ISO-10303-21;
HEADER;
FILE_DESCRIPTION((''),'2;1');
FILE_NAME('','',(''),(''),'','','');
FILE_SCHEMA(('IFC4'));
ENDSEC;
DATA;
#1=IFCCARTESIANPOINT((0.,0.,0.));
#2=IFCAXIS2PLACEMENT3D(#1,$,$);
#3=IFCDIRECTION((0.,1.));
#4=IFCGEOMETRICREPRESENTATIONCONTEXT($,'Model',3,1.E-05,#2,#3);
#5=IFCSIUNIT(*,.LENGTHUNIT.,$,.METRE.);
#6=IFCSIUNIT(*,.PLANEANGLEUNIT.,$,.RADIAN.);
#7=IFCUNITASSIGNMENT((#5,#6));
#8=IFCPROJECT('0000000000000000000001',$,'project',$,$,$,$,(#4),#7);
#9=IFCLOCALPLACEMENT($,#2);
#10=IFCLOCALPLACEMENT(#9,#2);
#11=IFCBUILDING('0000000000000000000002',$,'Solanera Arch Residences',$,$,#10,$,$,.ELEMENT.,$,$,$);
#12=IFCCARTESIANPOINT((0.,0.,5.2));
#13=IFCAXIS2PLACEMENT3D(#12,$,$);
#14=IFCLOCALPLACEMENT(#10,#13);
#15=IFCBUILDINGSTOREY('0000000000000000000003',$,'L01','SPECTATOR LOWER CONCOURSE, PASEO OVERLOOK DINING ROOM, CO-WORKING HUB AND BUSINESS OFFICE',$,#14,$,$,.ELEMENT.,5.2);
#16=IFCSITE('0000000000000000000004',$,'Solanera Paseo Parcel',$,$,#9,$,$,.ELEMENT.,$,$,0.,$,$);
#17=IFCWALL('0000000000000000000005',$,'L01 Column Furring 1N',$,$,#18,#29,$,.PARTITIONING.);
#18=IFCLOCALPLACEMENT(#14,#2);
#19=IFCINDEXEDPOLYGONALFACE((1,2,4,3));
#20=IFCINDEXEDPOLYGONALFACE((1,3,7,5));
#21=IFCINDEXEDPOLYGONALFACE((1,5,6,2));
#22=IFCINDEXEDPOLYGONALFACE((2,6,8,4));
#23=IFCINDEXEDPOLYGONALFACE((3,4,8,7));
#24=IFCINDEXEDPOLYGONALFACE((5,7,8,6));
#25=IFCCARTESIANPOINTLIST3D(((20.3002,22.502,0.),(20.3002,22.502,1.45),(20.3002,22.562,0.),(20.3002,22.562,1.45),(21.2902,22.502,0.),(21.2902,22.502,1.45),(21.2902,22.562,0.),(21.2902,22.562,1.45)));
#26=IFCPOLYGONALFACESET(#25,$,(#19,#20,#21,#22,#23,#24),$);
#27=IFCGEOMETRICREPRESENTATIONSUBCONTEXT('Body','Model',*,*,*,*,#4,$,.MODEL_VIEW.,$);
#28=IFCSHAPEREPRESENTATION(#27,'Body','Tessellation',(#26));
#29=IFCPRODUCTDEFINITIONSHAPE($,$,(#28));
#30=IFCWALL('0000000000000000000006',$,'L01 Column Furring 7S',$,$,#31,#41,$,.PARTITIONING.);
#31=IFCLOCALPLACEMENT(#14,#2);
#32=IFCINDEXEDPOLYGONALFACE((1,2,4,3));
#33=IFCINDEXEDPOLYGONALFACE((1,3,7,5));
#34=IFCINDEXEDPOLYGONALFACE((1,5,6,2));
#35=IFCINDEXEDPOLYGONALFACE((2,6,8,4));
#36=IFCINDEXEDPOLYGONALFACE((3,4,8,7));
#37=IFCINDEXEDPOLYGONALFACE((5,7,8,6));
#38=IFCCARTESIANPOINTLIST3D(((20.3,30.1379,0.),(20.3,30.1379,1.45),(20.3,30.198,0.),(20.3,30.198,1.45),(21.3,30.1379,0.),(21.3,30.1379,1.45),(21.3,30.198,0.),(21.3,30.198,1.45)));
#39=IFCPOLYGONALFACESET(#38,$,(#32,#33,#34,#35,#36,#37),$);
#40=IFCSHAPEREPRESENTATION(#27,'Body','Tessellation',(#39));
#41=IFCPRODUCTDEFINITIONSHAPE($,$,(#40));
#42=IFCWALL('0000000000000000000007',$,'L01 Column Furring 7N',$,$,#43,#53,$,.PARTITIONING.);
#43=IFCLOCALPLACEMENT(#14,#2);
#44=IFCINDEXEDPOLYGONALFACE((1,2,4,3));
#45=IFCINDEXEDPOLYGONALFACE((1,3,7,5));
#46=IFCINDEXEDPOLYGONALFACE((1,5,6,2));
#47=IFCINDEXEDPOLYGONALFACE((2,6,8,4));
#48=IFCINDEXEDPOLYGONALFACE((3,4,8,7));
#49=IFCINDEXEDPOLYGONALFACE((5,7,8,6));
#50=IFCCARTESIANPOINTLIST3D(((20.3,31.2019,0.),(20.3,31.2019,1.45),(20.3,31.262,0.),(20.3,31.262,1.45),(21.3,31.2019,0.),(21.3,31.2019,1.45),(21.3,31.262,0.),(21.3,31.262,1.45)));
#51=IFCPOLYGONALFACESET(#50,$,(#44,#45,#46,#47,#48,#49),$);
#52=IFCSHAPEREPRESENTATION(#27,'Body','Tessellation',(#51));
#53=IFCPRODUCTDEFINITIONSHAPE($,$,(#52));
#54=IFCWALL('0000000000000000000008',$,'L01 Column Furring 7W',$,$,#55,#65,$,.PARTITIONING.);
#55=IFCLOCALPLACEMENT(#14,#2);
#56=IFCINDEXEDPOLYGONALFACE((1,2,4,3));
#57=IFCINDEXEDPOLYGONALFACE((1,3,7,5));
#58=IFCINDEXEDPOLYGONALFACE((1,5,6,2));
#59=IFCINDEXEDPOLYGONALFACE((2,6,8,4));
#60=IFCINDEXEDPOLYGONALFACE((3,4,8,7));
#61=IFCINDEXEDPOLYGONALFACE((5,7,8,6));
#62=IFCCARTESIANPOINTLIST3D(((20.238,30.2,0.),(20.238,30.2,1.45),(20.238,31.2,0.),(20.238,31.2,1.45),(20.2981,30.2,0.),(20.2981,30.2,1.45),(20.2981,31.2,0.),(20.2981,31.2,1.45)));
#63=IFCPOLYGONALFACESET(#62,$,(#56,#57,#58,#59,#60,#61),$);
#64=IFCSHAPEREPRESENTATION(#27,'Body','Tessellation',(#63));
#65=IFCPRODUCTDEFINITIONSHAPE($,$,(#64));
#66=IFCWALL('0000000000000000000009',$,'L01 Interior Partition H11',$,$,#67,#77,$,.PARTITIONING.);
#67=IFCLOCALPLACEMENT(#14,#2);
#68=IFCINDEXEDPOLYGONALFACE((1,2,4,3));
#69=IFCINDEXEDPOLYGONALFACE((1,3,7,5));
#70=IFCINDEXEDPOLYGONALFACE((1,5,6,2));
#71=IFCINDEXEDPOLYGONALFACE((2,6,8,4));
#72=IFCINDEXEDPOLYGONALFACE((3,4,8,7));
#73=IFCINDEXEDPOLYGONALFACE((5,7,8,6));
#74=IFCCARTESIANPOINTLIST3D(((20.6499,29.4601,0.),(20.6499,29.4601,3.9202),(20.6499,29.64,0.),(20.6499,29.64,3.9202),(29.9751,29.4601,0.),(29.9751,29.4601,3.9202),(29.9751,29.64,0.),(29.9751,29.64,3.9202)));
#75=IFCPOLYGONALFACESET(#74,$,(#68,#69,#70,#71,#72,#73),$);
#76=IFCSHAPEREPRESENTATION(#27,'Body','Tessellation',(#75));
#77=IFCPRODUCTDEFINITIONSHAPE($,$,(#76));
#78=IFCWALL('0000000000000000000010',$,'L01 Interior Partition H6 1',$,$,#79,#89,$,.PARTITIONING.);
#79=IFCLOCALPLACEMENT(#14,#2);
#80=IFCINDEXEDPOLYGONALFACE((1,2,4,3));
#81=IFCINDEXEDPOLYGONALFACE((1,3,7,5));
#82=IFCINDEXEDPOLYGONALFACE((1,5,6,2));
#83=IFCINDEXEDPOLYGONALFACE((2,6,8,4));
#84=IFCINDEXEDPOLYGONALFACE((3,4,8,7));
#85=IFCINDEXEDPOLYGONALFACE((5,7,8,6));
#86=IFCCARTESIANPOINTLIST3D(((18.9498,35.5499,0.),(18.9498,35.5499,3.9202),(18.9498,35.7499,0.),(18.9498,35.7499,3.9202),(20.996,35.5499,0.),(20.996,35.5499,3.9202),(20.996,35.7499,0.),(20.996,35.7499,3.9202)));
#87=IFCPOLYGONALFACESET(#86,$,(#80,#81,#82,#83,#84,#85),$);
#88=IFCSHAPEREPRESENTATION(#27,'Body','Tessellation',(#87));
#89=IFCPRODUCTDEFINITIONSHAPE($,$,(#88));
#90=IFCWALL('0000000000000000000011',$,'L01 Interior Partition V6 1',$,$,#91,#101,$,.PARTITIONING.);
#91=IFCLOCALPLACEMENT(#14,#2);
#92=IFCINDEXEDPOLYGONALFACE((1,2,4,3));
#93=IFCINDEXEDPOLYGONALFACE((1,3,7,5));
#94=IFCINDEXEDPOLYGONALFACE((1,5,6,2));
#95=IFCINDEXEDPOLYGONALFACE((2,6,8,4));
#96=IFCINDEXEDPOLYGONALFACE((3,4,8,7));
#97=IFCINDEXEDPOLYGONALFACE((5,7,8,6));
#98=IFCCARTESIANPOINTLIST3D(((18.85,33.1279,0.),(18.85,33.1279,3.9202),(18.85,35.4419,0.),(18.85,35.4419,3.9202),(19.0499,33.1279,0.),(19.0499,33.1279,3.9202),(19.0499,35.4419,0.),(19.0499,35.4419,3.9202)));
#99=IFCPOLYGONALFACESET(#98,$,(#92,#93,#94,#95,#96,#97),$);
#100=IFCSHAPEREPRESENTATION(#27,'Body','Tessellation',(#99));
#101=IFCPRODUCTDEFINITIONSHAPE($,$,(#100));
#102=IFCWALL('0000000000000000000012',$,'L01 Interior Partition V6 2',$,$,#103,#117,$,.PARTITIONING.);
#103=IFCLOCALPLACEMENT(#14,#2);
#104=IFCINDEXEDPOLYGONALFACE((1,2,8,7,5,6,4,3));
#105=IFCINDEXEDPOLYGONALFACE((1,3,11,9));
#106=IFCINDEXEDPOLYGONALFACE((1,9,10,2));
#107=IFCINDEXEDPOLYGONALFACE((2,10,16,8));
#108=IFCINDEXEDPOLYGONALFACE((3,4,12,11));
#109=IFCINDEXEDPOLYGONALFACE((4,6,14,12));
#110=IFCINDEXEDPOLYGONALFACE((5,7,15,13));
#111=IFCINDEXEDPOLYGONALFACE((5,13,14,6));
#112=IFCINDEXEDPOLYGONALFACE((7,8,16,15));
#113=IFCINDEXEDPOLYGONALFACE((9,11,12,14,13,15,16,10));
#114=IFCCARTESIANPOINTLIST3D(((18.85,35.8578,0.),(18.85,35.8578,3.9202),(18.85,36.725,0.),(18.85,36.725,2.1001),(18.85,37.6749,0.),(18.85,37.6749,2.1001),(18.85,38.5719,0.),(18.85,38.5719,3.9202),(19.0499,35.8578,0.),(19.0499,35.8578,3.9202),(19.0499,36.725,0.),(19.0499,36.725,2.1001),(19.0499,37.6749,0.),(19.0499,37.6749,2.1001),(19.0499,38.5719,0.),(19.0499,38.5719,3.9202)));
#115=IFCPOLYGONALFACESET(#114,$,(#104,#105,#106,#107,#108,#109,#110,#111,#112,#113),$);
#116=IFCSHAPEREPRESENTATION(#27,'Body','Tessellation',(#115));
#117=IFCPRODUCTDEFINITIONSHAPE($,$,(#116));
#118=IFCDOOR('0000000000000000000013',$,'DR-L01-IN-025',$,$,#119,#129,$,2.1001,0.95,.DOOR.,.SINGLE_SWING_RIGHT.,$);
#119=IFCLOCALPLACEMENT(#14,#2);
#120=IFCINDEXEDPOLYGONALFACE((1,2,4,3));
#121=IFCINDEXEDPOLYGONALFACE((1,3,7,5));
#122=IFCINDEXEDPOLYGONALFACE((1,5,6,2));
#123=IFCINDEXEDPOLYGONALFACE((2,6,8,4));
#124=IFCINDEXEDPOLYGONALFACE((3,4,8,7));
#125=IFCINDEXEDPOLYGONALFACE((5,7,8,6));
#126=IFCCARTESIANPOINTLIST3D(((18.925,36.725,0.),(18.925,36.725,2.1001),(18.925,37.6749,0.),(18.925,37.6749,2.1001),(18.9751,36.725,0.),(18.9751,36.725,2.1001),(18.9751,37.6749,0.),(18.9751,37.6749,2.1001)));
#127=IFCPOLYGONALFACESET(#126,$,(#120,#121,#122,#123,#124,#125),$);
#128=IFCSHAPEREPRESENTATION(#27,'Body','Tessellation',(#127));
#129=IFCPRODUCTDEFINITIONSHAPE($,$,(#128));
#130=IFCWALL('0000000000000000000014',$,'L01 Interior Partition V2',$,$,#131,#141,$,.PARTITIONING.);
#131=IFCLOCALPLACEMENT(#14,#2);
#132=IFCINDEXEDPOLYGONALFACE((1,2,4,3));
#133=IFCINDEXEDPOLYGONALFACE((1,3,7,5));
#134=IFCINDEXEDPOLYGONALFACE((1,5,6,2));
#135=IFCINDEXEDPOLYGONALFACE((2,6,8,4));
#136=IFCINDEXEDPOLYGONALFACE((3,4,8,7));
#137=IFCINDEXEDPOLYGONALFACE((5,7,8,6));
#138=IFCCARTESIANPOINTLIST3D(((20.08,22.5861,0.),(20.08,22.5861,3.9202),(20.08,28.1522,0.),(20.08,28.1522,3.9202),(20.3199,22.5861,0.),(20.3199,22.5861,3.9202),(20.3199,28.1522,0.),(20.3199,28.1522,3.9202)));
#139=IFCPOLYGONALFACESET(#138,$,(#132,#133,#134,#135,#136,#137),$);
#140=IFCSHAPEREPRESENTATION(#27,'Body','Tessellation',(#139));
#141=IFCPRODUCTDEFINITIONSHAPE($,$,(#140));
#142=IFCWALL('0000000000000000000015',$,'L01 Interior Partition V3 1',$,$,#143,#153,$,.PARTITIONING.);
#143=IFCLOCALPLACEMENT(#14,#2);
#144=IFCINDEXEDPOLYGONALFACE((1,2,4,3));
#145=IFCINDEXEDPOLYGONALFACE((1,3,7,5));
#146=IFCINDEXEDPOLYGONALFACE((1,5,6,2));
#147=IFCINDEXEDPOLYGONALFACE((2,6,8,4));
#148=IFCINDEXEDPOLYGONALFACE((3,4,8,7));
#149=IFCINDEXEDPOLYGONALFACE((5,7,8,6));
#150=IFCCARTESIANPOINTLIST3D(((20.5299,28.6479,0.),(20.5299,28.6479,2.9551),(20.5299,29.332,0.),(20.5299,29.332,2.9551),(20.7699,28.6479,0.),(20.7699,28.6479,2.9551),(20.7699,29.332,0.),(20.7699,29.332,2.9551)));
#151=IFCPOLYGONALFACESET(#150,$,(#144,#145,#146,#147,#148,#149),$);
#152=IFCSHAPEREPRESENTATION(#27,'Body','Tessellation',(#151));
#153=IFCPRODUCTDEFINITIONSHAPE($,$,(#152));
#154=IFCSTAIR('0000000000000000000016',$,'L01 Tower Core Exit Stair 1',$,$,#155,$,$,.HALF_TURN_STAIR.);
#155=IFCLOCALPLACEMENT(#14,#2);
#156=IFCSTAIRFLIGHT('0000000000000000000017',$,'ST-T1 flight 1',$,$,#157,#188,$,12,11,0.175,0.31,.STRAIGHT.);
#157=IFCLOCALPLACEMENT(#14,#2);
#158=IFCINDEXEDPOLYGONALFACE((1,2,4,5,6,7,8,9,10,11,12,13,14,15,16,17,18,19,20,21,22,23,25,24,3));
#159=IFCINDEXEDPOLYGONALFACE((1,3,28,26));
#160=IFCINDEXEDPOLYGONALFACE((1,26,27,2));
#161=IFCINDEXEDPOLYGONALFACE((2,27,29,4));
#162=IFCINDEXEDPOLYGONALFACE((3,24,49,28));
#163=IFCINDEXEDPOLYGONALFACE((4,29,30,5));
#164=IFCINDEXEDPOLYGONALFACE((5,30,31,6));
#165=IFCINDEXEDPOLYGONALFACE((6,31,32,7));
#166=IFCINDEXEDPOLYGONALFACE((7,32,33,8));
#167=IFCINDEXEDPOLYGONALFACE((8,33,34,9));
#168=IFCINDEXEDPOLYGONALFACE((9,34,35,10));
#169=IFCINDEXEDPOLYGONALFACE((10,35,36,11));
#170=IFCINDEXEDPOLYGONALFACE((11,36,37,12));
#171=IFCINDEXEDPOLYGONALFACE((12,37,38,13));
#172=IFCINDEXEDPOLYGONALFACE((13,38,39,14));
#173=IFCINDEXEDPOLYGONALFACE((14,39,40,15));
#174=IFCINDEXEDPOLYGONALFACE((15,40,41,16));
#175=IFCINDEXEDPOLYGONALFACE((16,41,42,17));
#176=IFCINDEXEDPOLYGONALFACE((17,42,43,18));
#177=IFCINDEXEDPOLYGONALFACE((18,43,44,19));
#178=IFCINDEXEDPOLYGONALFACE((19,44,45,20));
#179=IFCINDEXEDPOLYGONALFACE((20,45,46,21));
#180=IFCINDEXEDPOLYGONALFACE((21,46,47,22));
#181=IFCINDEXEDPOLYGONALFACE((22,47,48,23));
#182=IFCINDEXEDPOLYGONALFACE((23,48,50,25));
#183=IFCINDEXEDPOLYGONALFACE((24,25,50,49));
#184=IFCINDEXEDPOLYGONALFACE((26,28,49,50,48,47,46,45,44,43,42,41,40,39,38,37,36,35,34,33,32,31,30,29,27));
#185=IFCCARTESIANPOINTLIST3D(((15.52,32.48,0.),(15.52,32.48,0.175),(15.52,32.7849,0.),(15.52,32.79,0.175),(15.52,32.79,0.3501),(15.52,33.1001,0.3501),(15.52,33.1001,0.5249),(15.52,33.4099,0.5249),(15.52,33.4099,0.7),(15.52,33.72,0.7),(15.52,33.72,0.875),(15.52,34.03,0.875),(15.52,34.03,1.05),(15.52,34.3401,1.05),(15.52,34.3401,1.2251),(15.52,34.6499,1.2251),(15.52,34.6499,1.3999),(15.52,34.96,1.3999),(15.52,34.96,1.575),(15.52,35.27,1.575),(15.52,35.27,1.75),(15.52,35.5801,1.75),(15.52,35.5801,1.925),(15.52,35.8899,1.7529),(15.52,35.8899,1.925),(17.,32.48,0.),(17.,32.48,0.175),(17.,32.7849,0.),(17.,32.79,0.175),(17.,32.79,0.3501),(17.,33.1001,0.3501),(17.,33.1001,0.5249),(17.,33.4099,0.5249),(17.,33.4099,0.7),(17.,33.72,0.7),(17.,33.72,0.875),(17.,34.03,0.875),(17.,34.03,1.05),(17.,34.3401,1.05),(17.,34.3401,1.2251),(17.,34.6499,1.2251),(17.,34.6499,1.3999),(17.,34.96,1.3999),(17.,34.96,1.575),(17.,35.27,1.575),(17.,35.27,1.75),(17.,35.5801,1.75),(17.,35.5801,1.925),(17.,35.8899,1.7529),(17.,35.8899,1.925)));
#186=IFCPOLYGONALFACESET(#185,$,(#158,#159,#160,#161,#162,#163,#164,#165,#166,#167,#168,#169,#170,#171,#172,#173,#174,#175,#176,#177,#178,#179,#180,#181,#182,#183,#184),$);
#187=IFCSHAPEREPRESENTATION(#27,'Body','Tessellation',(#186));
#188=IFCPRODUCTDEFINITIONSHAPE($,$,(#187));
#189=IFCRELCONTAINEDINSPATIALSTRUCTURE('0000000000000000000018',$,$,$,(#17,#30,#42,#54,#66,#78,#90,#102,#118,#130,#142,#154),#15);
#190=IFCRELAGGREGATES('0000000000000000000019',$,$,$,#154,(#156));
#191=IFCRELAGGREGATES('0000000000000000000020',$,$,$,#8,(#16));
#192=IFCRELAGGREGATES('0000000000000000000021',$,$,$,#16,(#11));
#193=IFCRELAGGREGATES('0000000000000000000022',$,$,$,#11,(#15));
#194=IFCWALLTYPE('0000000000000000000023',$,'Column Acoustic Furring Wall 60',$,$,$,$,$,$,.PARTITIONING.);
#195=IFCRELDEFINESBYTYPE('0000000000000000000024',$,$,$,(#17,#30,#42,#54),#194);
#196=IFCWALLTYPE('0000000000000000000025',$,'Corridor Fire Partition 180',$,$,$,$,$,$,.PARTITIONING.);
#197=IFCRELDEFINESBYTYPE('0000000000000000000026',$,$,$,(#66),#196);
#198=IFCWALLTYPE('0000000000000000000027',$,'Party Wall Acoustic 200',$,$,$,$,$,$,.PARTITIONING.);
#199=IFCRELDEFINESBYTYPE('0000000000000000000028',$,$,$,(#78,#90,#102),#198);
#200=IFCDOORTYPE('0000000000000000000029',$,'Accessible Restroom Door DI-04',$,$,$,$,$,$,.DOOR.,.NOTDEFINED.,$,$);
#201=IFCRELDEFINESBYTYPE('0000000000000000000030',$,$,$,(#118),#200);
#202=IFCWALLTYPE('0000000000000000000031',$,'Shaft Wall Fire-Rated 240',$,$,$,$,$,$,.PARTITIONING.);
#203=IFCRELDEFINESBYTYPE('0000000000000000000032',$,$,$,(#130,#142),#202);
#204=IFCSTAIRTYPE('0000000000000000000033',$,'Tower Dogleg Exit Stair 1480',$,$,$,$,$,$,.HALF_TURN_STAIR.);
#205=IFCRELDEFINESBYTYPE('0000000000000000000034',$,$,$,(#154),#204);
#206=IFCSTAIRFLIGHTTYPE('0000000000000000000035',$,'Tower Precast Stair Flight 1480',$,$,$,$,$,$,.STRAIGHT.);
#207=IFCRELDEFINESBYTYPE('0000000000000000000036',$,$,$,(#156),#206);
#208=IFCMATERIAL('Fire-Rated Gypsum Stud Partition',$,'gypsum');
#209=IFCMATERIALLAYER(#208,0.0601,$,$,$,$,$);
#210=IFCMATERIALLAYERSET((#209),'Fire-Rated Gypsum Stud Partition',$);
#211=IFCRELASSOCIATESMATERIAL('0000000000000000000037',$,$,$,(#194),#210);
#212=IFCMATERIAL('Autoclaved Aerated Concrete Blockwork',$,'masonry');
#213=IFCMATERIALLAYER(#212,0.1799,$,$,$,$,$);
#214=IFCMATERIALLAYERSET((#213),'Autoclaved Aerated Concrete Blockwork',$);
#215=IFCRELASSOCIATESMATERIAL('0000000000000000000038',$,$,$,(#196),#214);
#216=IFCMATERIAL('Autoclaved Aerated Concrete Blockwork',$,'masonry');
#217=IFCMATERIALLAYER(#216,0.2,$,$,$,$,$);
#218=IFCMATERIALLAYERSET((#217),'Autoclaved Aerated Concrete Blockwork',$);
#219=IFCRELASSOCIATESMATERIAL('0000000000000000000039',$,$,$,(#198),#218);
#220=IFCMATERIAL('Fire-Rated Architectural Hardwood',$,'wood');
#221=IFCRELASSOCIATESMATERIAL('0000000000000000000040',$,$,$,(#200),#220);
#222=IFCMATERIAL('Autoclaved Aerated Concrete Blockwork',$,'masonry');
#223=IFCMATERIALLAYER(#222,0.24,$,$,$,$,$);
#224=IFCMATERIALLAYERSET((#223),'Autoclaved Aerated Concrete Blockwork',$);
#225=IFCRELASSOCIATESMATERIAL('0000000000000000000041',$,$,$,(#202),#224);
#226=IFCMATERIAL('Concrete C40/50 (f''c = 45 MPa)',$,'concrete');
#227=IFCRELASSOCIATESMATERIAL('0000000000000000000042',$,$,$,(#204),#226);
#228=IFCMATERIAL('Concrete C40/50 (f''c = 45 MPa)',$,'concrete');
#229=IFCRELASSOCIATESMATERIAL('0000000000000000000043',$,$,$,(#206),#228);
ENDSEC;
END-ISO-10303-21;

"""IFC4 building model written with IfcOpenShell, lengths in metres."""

from ifc_helpers import new_model, si_unit, direction, frame, frame_2d, origin, place, context, subcontext, project, spatial, polyline, rectangle, outline, extrude, material, layer, layer_set, type_object, element, fill, aggregate, save


model = new_model("IFC4")

# Units and contexts
model_context = context("Model", 3, precision=1e-05, world=origin(), true_north=direction((0.0, 1.0)))
body_context = subcontext(model_context, "Body", "Model", "MODEL_VIEW")
ifc_project = project(units=[si_unit("LENGTHUNIT", "METRE"), si_unit("PLANEANGLEUNIT", "RADIAN")], contexts=[model_context])

# Site, building, storey
site_placement = place(None, origin())
site = spatial("IfcSite", under=ifc_project, at=site_placement, Name="Solanera Paseo Parcel", CompositionType="ELEMENT", RefElevation=0.0)
building_placement = place(site_placement, origin())
building = spatial("IfcBuilding", under=site, at=building_placement, Name="Solanera Arch Residences", CompositionType="ELEMENT")
storey_placement = place(building_placement, frame((0.0, 0.0, 5.2)))
storey = spatial("IfcBuildingStorey", under=building, at=storey_placement, Name="L01", Description="SPECTATOR LOWER CONCOURSE, PASEO OVERLOOK DINING ROOM, CO-WORKING HUB AND BUSINESS OFFICE", CompositionType="ELEMENT", Elevation=5.2)

# Walls
ifc_material_1 = material(Name="Fire-Rated Gypsum Stud Partition", Category="gypsum")
ifc_layer_1 = layer(ifc_material_1, 0.0601)
ifc_layer_set_1 = layer_set([ifc_layer_1], Name="Fire-Rated Gypsum Stud Partition")
wall_type_1 = type_object("IfcWallType", Name="Column Acoustic Furring Wall 60", PredefinedType="PARTITIONING", material=ifc_layer_set_1)
wall_1_placement = place(storey_placement, frame((20.3, 22.532, 0.0), z_axis=(0.0, 0.0, 1.0), x_axis=(1.0, 0.0, 0.0)))
element("IfcWall", 1, at=wall_1_placement, inside=storey, type_object=wall_type_1, Name="L01 Column Furring 1N", PredefinedType="PARTITIONING", context=body_context, shape_type="SweptSolid", body=[
    extrude(rectangle(XDim=0.99, YDim=0.0601, at=frame_2d((0.4951, 0.0))), origin(), (0.0, 0.0, 1.0), 1.45),
])
for number, where, z_axis, x_axis, name in (
    (2, (20.3, 30.168, 0.0), (0.0, 0.0, 1.0), (1.0, 0.0, 0.0), "L01 Column Furring 7S"),
    (3, (20.3, 31.2319, 0.0), (0.0, 0.0, 1.0), (1.0, 0.0, 0.0), "L01 Column Furring 7N"),
    (4, (20.2681, 30.2, 0.0), (0.0, 0.0, 1.0), (0.0, 1.0, 0.0), "L01 Column Furring 7W"),
):
    element("IfcWall", number, at=place(storey_placement, frame(where, z_axis=z_axis, x_axis=x_axis)), inside=storey, type_object=wall_type_1, Name=name, PredefinedType="PARTITIONING", context=body_context, shape_type="SweptSolid", body=[
        extrude(rectangle(XDim=1.0, YDim=0.0601, at=frame_2d((0.5, 0.0))), origin(), (0.0, 0.0, 1.0), 1.45),
    ])

# Walls
ifc_material_2 = material(Name="Autoclaved Aerated Concrete Blockwork", Category="masonry")
ifc_layer_2 = layer(ifc_material_2, 0.1799)
ifc_layer_set_2 = layer_set([ifc_layer_2], Name="Autoclaved Aerated Concrete Blockwork")
wall_type_2 = type_object("IfcWallType", Name="Corridor Fire Partition 180", PredefinedType="PARTITIONING", material=ifc_layer_set_2)
wall_2_placement = place(storey_placement, frame((20.6499, 29.55, 0.0), z_axis=(0.0, 0.0, 1.0), x_axis=(1.0, 0.0, 0.0)))
element("IfcWall", 5, at=wall_2_placement, inside=storey, type_object=wall_type_2, Name="L01 Interior Partition H11", PredefinedType="PARTITIONING", context=body_context, shape_type="SweptSolid", body=[
    extrude(rectangle(XDim=9.3252, YDim=0.1799, at=frame_2d((4.6626, 0.0))), origin(), (0.0, 0.0, 1.0), 3.9202),
])
ifc_material_3 = material(Name="Autoclaved Aerated Concrete Blockwork", Category="masonry")
ifc_layer_3 = layer(ifc_material_3, 0.2)
ifc_layer_set_3 = layer_set([ifc_layer_3], Name="Autoclaved Aerated Concrete Blockwork")
wall_type_3 = type_object("IfcWallType", Name="Party Wall Acoustic 200", PredefinedType="PARTITIONING", material=ifc_layer_set_3)
wall_3_placement = place(storey_placement, frame((18.95, 35.6499, 0.0), z_axis=(0.0, 0.0, 1.0), x_axis=(1.0, 0.0, 0.0)))
element("IfcWall", 6, at=wall_3_placement, inside=storey, type_object=wall_type_3, Name="L01 Interior Partition H6 1", PredefinedType="PARTITIONING", context=body_context, shape_type="SweptSolid", body=[
    extrude(rectangle(XDim=2.0461, YDim=0.2, at=frame_2d((1.0229, 0.0))), origin(), (0.0, 0.0, 1.0), 3.9202),
])
wall_4_placement = place(storey_placement, frame((18.95, 33.1279, 0.0), z_axis=(0.0, 0.0, 1.0), x_axis=(0.0, 1.0, 0.0)))
element("IfcWall", 7, at=wall_4_placement, inside=storey, type_object=wall_type_3, Name="L01 Interior Partition V6 1", PredefinedType="PARTITIONING", context=body_context, shape_type="SweptSolid", body=[
    extrude(rectangle(XDim=2.314, YDim=0.2, at=frame_2d((1.157, 0.0))), origin(), (0.0, 0.0, 1.0), 3.9202),
])

# Wall, opening, door
wall_5_placement = place(storey_placement, frame((18.95, 35.8579, 0.0), z_axis=(0.0, 0.0, 1.0), x_axis=(0.0, 1.0, 0.0)))
wall_5 = element("IfcWall", 8, at=wall_5_placement, inside=storey, type_object=wall_type_3, Name="L01 Interior Partition V6 2", PredefinedType="PARTITIONING", context=body_context, shape_type="SweptSolid", body=[
    extrude(rectangle(XDim=2.7141, YDim=0.2, at=frame_2d((1.3569, 0.0))), origin(), (0.0, 0.0, 1.0), 3.9202),
])
opening_1_placement = place(wall_5_placement, frame((0.8669, 0.0, 0.0)))
opening_1 = element("IfcOpeningElement", 9, at=opening_1_placement, cuts=wall_5, PredefinedType="OPENING", context=body_context, shape_type="SweptSolid", body=[
    extrude(rectangle(XDim=0.95, YDim=2.1001, at=frame_2d((0.4751, 1.05))), frame((0.0, 0.1101, 0.0), z_axis=(0.0, -1.0, 0.0), x_axis=(1.0, 0.0, 0.0)), (0.0, 0.0, 1.0), 0.22),
])
ifc_material_4 = material(Name="Fire-Rated Architectural Hardwood", Category="wood")
door_type_1 = type_object("IfcDoorType", Name="Accessible Restroom Door DI-04", OperationType="NOTDEFINED", PredefinedType="DOOR", material=ifc_material_4)
door_1_placement = place(opening_1_placement, origin())
door_1 = element("IfcDoor", 10, at=door_1_placement, inside=storey, type_object=door_type_1, Name="DR-L01-IN-025", OperationType="SINGLE_SWING_RIGHT", OverallHeight=2.1001, OverallWidth=0.95, PredefinedType="DOOR", context=body_context, shape_type="SweptSolid", body=[
    extrude(rectangle(XDim=0.95, YDim=2.1001, at=frame_2d((0.4751, 1.05))), frame((0.0, 0.0249, 0.0), z_axis=(0.0, -1.0, 0.0), x_axis=(1.0, 0.0, 0.0)), (0.0, 0.0, 1.0), 0.05),
])
fill(opening_1, door_1)
ifc_material_5 = material(Name="Autoclaved Aerated Concrete Blockwork", Category="masonry")
ifc_layer_4 = layer(ifc_material_5, 0.24)
ifc_layer_set_4 = layer_set([ifc_layer_4], Name="Autoclaved Aerated Concrete Blockwork")
wall_type_4 = type_object("IfcWallType", Name="Shaft Wall Fire-Rated 240", PredefinedType="PARTITIONING", material=ifc_layer_set_4)

# Walls
wall_6_placement = place(storey_placement, frame((20.2, 22.5859, 0.0), z_axis=(0.0, 0.0, 1.0), x_axis=(0.0, 1.0, 0.0)))
element("IfcWall", 11, at=wall_6_placement, inside=storey, type_object=wall_type_4, Name="L01 Interior Partition V2", PredefinedType="PARTITIONING", context=body_context, shape_type="SweptSolid", body=[
    extrude(rectangle(XDim=5.5662, YDim=0.24, at=frame_2d((2.7832, 0.0))), origin(), (0.0, 0.0, 1.0), 3.9202),
])
wall_7_placement = place(storey_placement, frame((20.6499, 28.6479, 0.0), z_axis=(0.0, 0.0, 1.0), x_axis=(0.0, 1.0, 0.0)))
element("IfcWall", 12, at=wall_7_placement, inside=storey, type_object=wall_type_4, Name="L01 Interior Partition V3 1", PredefinedType="PARTITIONING", context=body_context, shape_type="SweptSolid", body=[
    extrude(rectangle(XDim=0.6841, YDim=0.24, at=frame_2d((0.342, 0.0))), origin(), (0.0, 0.0, 1.0), 2.9551),
])

# Stair, stair flight
ifc_material_6 = material(Name="Concrete C40/50 (f'c = 45 MPa)", Category="concrete")
stair_type = type_object("IfcStairType", Name="Tower Dogleg Exit Stair 1480", PredefinedType="HALF_TURN_STAIR", material=ifc_material_6)
stair_1_placement = place(storey_placement, origin())
stair_1 = element("IfcStair", 13, at=stair_1_placement, inside=storey, type_object=stair_type, Name="L01 Tower Core Exit Stair 1", PredefinedType="HALF_TURN_STAIR")
ifc_material_7 = material(Name="Concrete C40/50 (f'c = 45 MPa)", Category="concrete")
stair_flight_type = type_object("IfcStairFlightType", Name="Tower Precast Stair Flight 1480", PredefinedType="STRAIGHT", material=ifc_material_7)
stair_flight_1_placement = place(storey_placement, frame((16.26, 32.48, 0.0), z_axis=(0.0, 0.0, 1.0), x_axis=(0.0, 1.0, 0.0)))
stair_flight_1 = element("IfcStairFlight", 14, at=stair_flight_1_placement, type_object=stair_flight_type, Name="ST-T1 flight 1", NumberOfRisers=12, NumberOfTreads=11, PredefinedType="STRAIGHT", RiserHeight=0.175, TreadLength=0.31, context=body_context, shape_type="SweptSolid", body=[
    extrude(outline(polyline([(0.0, 0.0), (0.0, 0.175), (0.3101, 0.175), (0.3101, 0.3501), (0.6201, 0.3501), (0.6201, 0.5249), (0.9299, 0.5249), (0.9299, 0.7), (1.24, 0.7), (1.24, 0.875), (1.55, 0.875), (1.55, 1.05), (1.8601, 1.05), (1.8601, 1.2251), (2.1699, 1.2251), (2.1699, 1.3999), (2.48, 1.3999), (2.48, 1.575), (2.79, 1.575), (2.79, 1.75), (3.1001, 1.75), (3.1001, 1.925), (3.4099, 1.925), (3.4099, 2.1001), (3.4099, 1.7529), (0.3049, 0.0), (0.0, 0.0)])), frame((0.0, 0.74, 0.0), z_axis=(0.0, -1.0, 0.0), x_axis=(1.0, 0.0, 0.0)), (0.0, 0.0, 1.0), 1.48),
])
aggregate(stair_1, [stair_flight_1])

save(model, "model.ifc")
